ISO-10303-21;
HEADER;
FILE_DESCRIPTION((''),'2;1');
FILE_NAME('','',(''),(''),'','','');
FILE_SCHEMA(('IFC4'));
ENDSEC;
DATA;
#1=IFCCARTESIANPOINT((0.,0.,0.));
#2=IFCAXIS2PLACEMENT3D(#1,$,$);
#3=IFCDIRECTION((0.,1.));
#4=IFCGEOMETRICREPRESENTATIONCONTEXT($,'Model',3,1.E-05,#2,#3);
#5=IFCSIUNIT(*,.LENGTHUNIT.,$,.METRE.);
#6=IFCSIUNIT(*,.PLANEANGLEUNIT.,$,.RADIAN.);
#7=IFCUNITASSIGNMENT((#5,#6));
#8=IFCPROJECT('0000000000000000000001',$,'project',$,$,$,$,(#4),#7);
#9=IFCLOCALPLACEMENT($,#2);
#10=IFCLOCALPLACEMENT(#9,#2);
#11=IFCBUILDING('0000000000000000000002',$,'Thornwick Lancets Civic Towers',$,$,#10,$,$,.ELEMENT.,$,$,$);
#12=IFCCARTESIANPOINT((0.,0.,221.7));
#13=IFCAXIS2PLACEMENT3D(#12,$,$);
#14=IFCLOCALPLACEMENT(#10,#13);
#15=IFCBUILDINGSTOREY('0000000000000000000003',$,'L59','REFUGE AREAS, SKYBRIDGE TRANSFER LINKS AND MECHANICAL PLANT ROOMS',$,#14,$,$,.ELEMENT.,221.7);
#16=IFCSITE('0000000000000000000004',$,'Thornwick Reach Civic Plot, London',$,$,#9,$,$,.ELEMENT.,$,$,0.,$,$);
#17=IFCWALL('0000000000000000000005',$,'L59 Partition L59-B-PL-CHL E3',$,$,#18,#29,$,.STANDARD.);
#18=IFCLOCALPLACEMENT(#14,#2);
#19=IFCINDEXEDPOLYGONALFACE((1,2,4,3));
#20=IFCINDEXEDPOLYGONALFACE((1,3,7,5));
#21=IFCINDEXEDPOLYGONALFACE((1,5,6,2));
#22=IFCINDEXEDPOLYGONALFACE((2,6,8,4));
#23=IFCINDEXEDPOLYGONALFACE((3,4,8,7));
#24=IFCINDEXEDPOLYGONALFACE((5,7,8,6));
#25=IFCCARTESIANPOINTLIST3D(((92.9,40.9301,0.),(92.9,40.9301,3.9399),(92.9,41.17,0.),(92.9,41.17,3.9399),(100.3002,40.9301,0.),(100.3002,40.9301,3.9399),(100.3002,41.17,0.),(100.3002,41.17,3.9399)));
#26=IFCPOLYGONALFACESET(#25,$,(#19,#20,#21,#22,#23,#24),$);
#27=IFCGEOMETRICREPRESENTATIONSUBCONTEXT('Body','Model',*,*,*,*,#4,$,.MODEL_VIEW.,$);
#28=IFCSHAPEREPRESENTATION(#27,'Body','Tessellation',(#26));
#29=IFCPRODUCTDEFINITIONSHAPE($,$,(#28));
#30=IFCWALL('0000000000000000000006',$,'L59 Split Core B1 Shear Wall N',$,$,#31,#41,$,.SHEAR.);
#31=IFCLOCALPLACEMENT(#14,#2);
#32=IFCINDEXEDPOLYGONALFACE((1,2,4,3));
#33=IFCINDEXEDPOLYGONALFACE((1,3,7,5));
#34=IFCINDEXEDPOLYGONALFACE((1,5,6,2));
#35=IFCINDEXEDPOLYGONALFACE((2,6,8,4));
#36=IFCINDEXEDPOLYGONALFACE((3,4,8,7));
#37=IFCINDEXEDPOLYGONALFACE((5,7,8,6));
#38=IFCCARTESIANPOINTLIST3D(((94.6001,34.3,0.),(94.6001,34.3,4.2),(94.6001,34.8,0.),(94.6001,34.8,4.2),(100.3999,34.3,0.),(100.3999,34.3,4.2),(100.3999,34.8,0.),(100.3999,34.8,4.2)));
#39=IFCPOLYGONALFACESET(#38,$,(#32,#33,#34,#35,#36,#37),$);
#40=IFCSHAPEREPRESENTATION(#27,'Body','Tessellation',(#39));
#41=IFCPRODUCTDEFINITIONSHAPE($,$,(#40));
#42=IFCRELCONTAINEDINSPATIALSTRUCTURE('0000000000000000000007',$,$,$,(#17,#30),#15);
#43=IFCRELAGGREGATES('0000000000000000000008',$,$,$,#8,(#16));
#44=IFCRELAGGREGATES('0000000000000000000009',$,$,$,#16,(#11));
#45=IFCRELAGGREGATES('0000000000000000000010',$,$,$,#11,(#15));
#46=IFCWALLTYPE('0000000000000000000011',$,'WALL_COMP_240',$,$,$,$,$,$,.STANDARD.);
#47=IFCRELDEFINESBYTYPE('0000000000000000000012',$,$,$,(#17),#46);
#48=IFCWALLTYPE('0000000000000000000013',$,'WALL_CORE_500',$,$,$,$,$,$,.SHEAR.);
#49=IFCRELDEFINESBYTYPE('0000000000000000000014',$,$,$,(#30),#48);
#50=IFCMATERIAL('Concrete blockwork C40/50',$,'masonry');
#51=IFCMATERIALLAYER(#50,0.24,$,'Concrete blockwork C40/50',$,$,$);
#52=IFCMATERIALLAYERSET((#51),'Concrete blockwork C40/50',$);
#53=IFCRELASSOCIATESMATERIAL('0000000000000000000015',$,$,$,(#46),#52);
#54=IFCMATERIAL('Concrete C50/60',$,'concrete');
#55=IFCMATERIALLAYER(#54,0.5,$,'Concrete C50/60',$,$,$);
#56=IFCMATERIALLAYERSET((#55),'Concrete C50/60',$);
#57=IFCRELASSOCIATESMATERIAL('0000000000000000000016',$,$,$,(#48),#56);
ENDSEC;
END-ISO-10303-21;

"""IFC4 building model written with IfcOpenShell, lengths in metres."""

from ifc_helpers import new_model, si_unit, direction, frame, frame_2d, origin, place, context, subcontext, project, spatial, rectangle, extrude, material, layer, layer_set, type_object, element, save


model = new_model("IFC4")

# Units and contexts
model_context = context("Model", 3, precision=1e-05, world=origin(), true_north=direction((0.0, 1.0)))
body_context = subcontext(model_context, "Body", "Model", "MODEL_VIEW")
ifc_project = project(units=[si_unit("LENGTHUNIT", "METRE"), si_unit("PLANEANGLEUNIT", "RADIAN")], contexts=[model_context])

# Site, building, storey
site_placement = place(None, origin())
site = spatial("IfcSite", under=ifc_project, at=site_placement, Name="Thornwick Reach Civic Plot, London", CompositionType="ELEMENT", RefElevation=0.0)
building_placement = place(site_placement, origin())
building = spatial("IfcBuilding", under=site, at=building_placement, Name="Thornwick Lancets Civic Towers", CompositionType="ELEMENT")
storey_placement = place(building_placement, frame((0.0, 0.0, 221.7)))
storey = spatial("IfcBuildingStorey", under=building, at=storey_placement, Name="L59", Description="REFUGE AREAS, SKYBRIDGE TRANSFER LINKS AND MECHANICAL PLANT ROOMS", CompositionType="ELEMENT", Elevation=221.7)

# Shared definitions
ifc_material_1 = material(Name="Concrete C50/60", Category="concrete")

# Shared definitions
ifc_material_2 = material(Name="Concrete blockwork C40/50", Category="masonry")
ifc_layer_1 = layer(ifc_material_2, 0.24, Name="Concrete blockwork C40/50")
ifc_layer_set_1 = layer_set([ifc_layer_1], Name="Concrete blockwork C40/50")
wall_type_1 = type_object("IfcWallType", Name="WALL_COMP_240", PredefinedType="STANDARD", material=ifc_layer_set_1)

# Walls
wall_1_placement = place(storey_placement, frame((92.8999, 41.05, 0.0), z_axis=(0.0, 0.0, 1.0), x_axis=(1.0, 0.0, 0.0)))
element("IfcWall", 1, at=wall_1_placement, inside=storey, type_object=wall_type_1, Name="L59 Partition L59-B-PL-CHL E3", PredefinedType="STANDARD", context=body_context, shape_type="SweptSolid", body=[
    extrude(rectangle(XDim=7.4001, YDim=0.24, at=frame_2d((3.7002, 0.0))), origin(), (0.0, 0.0, 1.0), 3.9399),
])
ifc_layer_2 = layer(ifc_material_1, 0.5, Name="Concrete C50/60")
ifc_layer_set_2 = layer_set([ifc_layer_2], Name="Concrete C50/60")
wall_type_2 = type_object("IfcWallType", Name="WALL_CORE_500", PredefinedType="SHEAR", material=ifc_layer_set_2)
wall_2_placement = place(storey_placement, frame((94.6001, 34.55, 0.0), z_axis=(0.0, 0.0, 1.0), x_axis=(1.0, 0.0, 0.0)))
element("IfcWall", 2, at=wall_2_placement, inside=storey, type_object=wall_type_2, Name="L59 Split Core B1 Shear Wall N", PredefinedType="SHEAR", context=body_context, shape_type="SweptSolid", body=[
    extrude(rectangle(XDim=5.7998, YDim=0.5, at=frame_2d((2.8999, 0.0))), origin(), (0.0, 0.0, 1.0), 4.2),
])

save(model, "model.ifc")
